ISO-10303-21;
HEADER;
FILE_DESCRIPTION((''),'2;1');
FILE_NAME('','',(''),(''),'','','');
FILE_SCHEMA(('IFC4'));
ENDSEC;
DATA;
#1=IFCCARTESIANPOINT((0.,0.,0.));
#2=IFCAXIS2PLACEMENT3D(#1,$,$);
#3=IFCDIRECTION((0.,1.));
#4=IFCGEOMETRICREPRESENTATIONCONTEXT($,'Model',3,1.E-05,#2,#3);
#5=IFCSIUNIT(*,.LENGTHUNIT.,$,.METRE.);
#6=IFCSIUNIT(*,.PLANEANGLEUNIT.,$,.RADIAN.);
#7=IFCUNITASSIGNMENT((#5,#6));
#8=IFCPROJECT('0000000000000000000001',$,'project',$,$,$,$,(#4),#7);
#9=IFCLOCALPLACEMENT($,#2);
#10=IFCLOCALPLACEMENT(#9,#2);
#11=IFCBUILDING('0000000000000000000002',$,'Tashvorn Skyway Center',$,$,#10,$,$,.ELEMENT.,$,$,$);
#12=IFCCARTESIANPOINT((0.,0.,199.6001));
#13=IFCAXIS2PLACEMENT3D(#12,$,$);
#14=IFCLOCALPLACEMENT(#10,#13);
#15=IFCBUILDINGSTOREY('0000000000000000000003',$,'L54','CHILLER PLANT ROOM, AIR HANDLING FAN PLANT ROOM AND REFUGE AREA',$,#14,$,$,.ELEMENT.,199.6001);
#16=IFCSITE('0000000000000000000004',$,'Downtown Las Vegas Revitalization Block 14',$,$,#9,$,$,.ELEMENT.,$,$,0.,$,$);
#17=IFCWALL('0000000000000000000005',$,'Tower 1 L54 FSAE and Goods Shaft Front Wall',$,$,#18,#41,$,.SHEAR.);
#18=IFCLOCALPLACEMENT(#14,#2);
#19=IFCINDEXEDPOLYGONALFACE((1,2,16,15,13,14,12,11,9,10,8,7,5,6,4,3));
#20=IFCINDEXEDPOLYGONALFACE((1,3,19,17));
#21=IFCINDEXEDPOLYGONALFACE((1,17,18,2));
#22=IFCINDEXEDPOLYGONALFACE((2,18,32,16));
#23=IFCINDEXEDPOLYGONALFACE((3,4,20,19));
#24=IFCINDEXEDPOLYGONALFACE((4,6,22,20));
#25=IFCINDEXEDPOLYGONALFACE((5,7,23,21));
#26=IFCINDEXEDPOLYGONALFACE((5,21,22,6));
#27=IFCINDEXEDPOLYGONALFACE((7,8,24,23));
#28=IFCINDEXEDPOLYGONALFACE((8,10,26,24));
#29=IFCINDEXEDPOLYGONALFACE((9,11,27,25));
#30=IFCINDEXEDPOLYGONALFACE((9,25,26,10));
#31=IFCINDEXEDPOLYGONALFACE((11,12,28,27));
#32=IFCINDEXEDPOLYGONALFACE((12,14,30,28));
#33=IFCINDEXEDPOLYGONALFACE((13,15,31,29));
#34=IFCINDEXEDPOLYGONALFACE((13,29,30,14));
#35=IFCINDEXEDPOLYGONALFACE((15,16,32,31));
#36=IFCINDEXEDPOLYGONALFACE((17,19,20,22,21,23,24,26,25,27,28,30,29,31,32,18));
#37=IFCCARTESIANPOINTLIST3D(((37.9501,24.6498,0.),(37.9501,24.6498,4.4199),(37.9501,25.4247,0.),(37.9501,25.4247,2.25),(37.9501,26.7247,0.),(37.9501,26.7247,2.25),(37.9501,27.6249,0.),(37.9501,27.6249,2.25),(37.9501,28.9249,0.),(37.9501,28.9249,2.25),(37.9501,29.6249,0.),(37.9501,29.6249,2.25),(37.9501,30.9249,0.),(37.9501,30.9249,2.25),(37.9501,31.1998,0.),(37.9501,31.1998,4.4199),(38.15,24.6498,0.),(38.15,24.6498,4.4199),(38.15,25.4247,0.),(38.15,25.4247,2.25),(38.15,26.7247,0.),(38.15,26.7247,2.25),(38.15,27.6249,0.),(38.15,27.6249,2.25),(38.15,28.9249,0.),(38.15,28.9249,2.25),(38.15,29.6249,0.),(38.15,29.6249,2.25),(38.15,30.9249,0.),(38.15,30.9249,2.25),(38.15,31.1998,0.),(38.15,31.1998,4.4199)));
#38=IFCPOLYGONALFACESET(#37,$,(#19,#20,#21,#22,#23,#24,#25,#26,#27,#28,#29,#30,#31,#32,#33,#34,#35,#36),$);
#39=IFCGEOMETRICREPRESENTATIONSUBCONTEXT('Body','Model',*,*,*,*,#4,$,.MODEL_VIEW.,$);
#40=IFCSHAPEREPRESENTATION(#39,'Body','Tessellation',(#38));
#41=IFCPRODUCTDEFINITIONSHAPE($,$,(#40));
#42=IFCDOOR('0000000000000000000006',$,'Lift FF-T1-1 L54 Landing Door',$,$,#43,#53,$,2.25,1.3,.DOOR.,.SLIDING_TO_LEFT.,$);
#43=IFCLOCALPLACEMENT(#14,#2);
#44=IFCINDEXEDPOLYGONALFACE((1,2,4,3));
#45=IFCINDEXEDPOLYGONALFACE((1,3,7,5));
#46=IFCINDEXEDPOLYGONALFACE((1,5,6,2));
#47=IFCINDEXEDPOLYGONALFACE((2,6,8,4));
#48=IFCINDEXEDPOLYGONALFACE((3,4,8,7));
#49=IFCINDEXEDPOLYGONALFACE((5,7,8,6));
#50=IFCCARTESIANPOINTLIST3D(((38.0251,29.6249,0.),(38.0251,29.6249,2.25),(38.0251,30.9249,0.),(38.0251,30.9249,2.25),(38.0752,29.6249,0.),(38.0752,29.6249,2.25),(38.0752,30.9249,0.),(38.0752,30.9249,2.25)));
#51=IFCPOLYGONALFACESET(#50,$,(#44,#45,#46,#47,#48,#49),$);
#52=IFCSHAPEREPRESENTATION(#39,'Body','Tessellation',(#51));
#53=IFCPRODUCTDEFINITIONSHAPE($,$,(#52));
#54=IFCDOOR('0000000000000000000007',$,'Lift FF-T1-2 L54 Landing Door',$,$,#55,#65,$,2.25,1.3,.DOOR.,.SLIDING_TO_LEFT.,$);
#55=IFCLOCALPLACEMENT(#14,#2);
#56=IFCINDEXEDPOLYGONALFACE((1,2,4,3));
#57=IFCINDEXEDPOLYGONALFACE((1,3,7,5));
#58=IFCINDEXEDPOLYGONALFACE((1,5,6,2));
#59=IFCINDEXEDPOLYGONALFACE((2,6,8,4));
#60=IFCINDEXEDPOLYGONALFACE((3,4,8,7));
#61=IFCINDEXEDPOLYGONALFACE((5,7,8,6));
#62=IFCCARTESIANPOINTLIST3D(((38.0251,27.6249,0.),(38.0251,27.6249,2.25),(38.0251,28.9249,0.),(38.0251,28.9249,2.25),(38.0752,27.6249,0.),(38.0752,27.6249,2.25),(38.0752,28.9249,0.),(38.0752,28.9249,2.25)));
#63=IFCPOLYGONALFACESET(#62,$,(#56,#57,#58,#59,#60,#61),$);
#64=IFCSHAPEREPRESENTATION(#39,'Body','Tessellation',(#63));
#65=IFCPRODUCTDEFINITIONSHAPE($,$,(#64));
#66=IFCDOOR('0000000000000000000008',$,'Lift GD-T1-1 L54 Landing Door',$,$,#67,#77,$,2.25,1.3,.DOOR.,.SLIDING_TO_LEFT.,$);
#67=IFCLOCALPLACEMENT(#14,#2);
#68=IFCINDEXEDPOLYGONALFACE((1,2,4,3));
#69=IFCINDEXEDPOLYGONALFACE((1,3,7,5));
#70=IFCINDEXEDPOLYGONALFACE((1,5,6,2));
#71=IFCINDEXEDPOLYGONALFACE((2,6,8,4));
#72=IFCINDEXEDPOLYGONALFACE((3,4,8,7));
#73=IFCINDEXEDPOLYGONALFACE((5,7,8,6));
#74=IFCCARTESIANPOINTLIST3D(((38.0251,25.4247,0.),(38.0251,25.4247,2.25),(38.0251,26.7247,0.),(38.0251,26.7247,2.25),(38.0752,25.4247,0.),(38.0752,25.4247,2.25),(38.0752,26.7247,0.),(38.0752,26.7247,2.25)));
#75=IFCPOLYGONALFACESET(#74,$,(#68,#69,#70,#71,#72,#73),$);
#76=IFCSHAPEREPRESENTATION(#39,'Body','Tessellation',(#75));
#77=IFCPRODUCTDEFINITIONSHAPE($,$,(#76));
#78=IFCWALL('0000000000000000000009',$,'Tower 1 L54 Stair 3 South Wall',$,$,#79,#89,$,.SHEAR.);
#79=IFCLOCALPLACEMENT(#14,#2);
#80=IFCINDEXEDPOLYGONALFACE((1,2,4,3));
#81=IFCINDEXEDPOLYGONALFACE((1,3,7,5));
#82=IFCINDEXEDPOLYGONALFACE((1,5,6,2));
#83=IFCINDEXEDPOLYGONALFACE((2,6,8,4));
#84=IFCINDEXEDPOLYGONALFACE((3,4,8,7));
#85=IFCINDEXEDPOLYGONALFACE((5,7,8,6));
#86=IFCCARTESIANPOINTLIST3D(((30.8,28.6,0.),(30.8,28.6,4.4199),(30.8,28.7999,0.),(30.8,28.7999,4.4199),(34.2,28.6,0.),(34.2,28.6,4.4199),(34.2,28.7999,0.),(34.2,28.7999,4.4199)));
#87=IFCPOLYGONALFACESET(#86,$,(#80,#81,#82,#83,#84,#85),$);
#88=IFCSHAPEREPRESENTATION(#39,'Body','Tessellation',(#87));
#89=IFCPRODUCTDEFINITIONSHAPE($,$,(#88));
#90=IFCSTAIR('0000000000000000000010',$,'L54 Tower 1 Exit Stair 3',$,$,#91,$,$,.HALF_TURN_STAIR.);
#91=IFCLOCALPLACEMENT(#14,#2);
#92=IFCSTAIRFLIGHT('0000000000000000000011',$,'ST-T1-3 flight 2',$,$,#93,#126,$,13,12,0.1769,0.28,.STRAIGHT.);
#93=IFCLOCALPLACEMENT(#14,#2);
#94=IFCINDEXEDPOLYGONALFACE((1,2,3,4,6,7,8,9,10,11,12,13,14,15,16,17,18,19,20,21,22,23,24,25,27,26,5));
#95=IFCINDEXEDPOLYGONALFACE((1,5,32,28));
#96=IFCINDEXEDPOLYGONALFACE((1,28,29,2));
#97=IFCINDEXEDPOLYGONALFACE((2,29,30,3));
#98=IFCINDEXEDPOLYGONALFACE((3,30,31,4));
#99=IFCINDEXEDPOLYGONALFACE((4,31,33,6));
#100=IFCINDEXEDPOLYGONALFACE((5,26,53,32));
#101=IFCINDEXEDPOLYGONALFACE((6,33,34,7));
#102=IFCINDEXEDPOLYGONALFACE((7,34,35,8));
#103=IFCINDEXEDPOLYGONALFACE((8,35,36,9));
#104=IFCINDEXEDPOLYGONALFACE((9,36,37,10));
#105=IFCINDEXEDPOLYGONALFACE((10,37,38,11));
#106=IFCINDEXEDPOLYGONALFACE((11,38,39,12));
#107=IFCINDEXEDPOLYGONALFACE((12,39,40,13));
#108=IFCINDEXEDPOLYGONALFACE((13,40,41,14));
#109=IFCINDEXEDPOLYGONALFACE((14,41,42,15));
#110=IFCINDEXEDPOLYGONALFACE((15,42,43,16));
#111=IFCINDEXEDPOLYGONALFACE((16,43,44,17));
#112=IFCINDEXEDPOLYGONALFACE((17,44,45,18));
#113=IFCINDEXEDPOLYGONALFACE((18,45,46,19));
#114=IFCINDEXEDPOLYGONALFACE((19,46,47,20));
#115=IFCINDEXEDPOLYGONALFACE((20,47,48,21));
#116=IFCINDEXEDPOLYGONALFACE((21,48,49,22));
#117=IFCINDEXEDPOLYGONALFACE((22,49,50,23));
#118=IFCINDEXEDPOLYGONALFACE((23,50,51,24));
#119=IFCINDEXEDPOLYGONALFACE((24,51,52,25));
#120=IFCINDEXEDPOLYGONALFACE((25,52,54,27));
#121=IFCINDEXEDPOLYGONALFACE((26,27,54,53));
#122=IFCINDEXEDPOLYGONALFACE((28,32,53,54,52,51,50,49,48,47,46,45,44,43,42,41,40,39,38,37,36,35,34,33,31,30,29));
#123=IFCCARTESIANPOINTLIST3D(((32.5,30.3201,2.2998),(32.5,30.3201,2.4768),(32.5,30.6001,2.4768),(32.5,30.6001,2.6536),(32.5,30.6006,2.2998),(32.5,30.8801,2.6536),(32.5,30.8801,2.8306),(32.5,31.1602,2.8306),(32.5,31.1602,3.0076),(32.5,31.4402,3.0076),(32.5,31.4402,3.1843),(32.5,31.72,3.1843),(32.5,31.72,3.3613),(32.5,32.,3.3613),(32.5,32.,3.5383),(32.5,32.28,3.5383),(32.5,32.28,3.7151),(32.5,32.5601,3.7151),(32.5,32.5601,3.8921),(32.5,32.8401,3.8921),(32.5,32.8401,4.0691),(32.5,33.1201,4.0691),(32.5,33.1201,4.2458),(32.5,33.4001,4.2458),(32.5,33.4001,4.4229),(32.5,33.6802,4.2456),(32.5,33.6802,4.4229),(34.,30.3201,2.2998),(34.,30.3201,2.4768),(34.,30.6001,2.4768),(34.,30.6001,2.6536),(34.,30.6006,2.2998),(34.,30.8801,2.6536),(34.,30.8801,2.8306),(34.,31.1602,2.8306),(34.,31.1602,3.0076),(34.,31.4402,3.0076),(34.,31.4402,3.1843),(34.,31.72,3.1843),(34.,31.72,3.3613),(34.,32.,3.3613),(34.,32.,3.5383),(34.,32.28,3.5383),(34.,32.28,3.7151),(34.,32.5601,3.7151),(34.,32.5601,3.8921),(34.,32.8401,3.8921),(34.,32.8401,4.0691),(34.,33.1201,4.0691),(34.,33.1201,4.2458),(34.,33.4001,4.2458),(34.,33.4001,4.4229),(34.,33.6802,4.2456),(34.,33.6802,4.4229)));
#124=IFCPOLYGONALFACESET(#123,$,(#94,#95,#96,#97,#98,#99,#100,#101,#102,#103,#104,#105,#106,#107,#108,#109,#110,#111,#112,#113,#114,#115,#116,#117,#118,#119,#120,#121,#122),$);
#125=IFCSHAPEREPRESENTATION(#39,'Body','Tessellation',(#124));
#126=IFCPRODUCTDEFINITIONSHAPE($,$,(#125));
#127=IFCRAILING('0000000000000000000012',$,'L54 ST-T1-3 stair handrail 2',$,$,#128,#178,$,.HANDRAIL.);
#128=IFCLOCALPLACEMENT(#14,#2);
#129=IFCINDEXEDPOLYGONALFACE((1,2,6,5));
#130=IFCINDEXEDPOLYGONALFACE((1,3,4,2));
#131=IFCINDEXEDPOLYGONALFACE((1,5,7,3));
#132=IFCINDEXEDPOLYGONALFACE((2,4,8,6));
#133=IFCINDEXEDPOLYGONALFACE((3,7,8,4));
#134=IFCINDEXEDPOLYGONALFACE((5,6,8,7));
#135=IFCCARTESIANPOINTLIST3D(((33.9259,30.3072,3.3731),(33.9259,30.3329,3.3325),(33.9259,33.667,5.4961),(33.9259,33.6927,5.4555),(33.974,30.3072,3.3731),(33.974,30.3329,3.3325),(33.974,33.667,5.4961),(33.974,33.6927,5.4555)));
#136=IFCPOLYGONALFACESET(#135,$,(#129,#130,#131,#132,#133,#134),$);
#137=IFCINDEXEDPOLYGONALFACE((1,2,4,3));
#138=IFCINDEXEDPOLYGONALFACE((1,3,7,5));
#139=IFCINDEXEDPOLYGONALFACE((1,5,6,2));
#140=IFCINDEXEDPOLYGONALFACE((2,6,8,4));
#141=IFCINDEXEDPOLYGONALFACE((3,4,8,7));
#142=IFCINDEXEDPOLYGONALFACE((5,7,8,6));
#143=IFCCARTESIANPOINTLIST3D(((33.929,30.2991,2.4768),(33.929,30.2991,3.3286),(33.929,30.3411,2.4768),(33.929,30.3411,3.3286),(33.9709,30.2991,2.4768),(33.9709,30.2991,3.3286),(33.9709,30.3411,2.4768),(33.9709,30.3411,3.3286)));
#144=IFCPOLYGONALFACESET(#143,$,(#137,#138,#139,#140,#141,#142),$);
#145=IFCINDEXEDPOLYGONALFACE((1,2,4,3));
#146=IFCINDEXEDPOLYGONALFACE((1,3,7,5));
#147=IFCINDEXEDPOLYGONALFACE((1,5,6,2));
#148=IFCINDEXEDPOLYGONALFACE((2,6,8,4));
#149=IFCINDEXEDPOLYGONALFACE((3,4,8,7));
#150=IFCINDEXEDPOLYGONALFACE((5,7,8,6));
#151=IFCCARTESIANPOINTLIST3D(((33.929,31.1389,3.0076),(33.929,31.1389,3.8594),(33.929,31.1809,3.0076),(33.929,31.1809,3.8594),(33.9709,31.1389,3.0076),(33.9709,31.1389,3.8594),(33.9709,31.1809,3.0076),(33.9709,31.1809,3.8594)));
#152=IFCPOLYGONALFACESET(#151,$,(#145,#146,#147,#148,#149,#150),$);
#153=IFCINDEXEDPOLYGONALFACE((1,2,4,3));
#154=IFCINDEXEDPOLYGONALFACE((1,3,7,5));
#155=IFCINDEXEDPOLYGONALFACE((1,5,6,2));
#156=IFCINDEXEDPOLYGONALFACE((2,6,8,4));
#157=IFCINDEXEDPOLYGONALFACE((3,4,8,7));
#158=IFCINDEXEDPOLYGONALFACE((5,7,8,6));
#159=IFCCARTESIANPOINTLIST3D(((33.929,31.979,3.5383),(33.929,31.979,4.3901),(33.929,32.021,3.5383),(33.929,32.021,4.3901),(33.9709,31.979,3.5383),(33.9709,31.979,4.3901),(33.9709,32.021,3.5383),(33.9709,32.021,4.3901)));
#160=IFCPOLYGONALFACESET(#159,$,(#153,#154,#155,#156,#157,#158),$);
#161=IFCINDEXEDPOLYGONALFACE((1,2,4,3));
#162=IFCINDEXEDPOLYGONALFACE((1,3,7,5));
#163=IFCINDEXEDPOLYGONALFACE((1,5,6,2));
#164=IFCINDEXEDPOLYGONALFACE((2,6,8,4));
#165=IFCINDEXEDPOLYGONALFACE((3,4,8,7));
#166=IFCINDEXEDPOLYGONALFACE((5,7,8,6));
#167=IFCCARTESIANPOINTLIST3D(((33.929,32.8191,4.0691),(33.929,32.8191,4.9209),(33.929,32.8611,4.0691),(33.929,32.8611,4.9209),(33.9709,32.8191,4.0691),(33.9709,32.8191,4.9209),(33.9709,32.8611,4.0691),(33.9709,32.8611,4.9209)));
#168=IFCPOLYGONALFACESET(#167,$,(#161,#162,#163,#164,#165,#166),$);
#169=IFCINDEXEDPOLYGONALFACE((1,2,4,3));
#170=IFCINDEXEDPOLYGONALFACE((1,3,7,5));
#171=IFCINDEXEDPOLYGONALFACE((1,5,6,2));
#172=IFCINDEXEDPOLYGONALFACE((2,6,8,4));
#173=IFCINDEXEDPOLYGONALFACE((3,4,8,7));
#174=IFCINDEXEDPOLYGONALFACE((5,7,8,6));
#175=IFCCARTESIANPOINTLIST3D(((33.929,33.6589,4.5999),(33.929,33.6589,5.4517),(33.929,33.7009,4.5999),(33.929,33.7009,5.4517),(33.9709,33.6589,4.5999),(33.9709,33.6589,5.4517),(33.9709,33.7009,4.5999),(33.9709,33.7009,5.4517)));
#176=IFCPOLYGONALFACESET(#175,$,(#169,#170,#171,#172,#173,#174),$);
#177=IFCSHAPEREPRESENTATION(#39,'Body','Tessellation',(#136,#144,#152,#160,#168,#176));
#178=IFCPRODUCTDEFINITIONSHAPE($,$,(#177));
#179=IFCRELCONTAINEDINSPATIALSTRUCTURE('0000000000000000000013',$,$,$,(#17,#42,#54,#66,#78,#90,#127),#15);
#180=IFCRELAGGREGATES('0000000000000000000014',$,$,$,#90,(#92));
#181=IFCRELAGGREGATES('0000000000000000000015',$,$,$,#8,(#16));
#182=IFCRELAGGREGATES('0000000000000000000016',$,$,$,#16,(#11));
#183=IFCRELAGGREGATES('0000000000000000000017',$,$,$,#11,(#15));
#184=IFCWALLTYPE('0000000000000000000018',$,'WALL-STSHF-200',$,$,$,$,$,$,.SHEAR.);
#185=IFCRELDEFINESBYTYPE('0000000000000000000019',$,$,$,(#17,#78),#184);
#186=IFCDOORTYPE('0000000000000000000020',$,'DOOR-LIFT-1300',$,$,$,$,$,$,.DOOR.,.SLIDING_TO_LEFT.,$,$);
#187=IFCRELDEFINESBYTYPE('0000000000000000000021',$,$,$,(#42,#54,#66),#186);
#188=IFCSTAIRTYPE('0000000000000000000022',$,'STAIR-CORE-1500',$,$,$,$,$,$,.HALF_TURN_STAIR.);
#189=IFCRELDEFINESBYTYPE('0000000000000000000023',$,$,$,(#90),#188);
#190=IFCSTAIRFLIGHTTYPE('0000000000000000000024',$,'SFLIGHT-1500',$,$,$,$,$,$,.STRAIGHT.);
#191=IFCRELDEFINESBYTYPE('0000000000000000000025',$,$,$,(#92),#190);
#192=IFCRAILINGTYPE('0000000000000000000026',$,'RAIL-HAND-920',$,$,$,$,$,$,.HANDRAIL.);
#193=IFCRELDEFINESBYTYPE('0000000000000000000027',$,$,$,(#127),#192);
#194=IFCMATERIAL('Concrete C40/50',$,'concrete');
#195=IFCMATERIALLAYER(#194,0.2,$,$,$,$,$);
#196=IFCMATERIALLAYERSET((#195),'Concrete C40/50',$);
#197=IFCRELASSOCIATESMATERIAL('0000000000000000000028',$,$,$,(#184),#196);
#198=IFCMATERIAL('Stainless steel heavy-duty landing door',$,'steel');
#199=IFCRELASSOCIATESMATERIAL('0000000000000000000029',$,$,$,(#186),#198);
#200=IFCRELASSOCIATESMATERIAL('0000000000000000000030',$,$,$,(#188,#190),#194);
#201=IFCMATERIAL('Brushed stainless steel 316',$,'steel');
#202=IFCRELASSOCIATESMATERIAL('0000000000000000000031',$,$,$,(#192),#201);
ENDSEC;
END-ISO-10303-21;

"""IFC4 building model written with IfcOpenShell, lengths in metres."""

from ifc_helpers import new_model, si_unit, direction, frame, frame_2d, origin, origin_2d, place, context, subcontext, project, spatial, polyline, rectangle, outline, extrude, material, layer, layer_set, type_object, element, fill, aggregate, save


model = new_model("IFC4")

# Units and contexts
model_context = context("Model", 3, precision=1e-05, world=origin(), true_north=direction((0.0, 1.0)))
body_context = subcontext(model_context, "Body", "Model", "MODEL_VIEW")
ifc_project = project(units=[si_unit("LENGTHUNIT", "METRE"), si_unit("PLANEANGLEUNIT", "RADIAN")], contexts=[model_context])

# Site, building, storey
site_placement = place(None, origin())
site = spatial("IfcSite", under=ifc_project, at=site_placement, Name="Downtown Las Vegas Revitalization Block 14", CompositionType="ELEMENT", RefElevation=0.0)
building_placement = place(site_placement, origin())
building = spatial("IfcBuilding", under=site, at=building_placement, Name="Tashvorn Skyway Center", CompositionType="ELEMENT")
storey_placement = place(building_placement, frame((0.0, 0.0, 199.6001)))
storey = spatial("IfcBuildingStorey", under=building, at=storey_placement, Name="L54", Description="CHILLER PLANT ROOM, AIR HANDLING FAN PLANT ROOM AND REFUGE AREA", CompositionType="ELEMENT", Elevation=199.6001)

# Shared definitions
ifc_material_1 = material(Name="Concrete C40/50", Category="concrete")

# Shared definitions
ifc_layer_1 = layer(ifc_material_1, 0.2)
ifc_layer_set_1 = layer_set([ifc_layer_1], Name="Concrete C40/50")
wall_type_1 = type_object("IfcWallType", Name="WALL-STSHF-200", PredefinedType="SHEAR", material=ifc_layer_set_1)

# Wall, openings, doors
wall_1_placement = place(storey_placement, frame((38.05, 24.6499, 0.0), z_axis=(0.0, 0.0, 1.0), x_axis=(0.0, 1.0, 0.0)))
wall_1 = element("IfcWall", 1, at=wall_1_placement, inside=storey, type_object=wall_type_1, Name="Tower 1 L54 FSAE and Goods Shaft Front Wall", PredefinedType="SHEAR", context=body_context, shape_type="SweptSolid", body=[
    extrude(rectangle(XDim=6.55, YDim=0.2, at=frame_2d((3.2749, 0.0))), origin(), (0.0, 0.0, 1.0), 4.4199),
])
opening_1_placement = place(wall_1_placement, frame((4.9751, 0.0, 0.0)))
opening_1 = element("IfcOpeningElement", 2, at=opening_1_placement, cuts=wall_1, PredefinedType="OPENING", context=body_context, shape_type="SweptSolid", body=[
    extrude(rectangle(XDim=1.3, YDim=2.25, at=frame_2d((0.6499, 1.125))), frame((0.0, 0.1099, 0.0), z_axis=(0.0, -1.0, 0.0), x_axis=(1.0, 0.0, 0.0)), (0.0, 0.0, 1.0), 0.22),
])
opening_2_placement = place(wall_1_placement, frame((2.9751, 0.0, 0.0)))
opening_2 = element("IfcOpeningElement", 3, at=opening_2_placement, cuts=wall_1, PredefinedType="OPENING", context=body_context, shape_type="SweptSolid", body=[
    extrude(rectangle(XDim=1.3, YDim=2.25, at=frame_2d((0.6499, 1.125))), frame((0.0, 0.1099, 0.0), z_axis=(0.0, -1.0, 0.0), x_axis=(1.0, 0.0, 0.0)), (0.0, 0.0, 1.0), 0.22),
])
opening_3_placement = place(wall_1_placement, frame((0.7749, 0.0, 0.0)))
opening_3 = element("IfcOpeningElement", 4, at=opening_3_placement, cuts=wall_1, PredefinedType="OPENING", context=body_context, shape_type="SweptSolid", body=[
    extrude(rectangle(XDim=1.3, YDim=2.25, at=frame_2d((0.6499, 1.125))), frame((0.0, 0.1099, 0.0), z_axis=(0.0, -1.0, 0.0), x_axis=(1.0, 0.0, 0.0)), (0.0, 0.0, 1.0), 0.22),
])
ifc_material_2 = material(Name="Stainless steel heavy-duty landing door", Category="steel")
door_type_1 = type_object("IfcDoorType", Name="DOOR-LIFT-1300", OperationType="SLIDING_TO_LEFT", PredefinedType="DOOR", material=ifc_material_2)
door_1_placement = place(opening_1_placement, origin())
door_1 = element("IfcDoor", 5, at=door_1_placement, inside=storey, type_object=door_type_1, Name="Lift FF-T1-1 L54 Landing Door", OperationType="SLIDING_TO_LEFT", OverallHeight=2.25, OverallWidth=1.3, PredefinedType="DOOR", context=body_context, shape_type="SweptSolid", body=[
    extrude(rectangle(XDim=1.3, YDim=2.25, at=frame_2d((0.6499, 1.125))), frame((0.0, 0.0249, 0.0), z_axis=(0.0, -1.0, 0.0), x_axis=(1.0, 0.0, 0.0)), (0.0, 0.0, 1.0), 0.05),
])
fill(opening_1, door_1)
door_2_placement = place(opening_2_placement, origin())
door_2 = element("IfcDoor", 6, at=door_2_placement, inside=storey, type_object=door_type_1, Name="Lift FF-T1-2 L54 Landing Door", OperationType="SLIDING_TO_LEFT", OverallHeight=2.25, OverallWidth=1.3, PredefinedType="DOOR", context=body_context, shape_type="SweptSolid", body=[
    extrude(rectangle(XDim=1.3, YDim=2.25, at=frame_2d((0.6499, 1.125))), frame((0.0, 0.0249, 0.0), z_axis=(0.0, -1.0, 0.0), x_axis=(1.0, 0.0, 0.0)), (0.0, 0.0, 1.0), 0.05),
])
fill(opening_2, door_2)
door_3_placement = place(opening_3_placement, origin())
door_3 = element("IfcDoor", 7, at=door_3_placement, inside=storey, type_object=door_type_1, Name="Lift GD-T1-1 L54 Landing Door", OperationType="SLIDING_TO_LEFT", OverallHeight=2.25, OverallWidth=1.3, PredefinedType="DOOR", context=body_context, shape_type="SweptSolid", body=[
    extrude(rectangle(XDim=1.3, YDim=2.25, at=frame_2d((0.6499, 1.125))), frame((0.0, 0.0249, 0.0), z_axis=(0.0, -1.0, 0.0), x_axis=(1.0, 0.0, 0.0)), (0.0, 0.0, 1.0), 0.05),
])
fill(opening_3, door_3)

# Wall
wall_2_placement = place(storey_placement, frame((30.8, 28.7, 0.0), z_axis=(0.0, 0.0, 1.0), x_axis=(1.0, 0.0, 0.0)))
element("IfcWall", 8, at=wall_2_placement, inside=storey, type_object=wall_type_1, Name="Tower 1 L54 Stair 3 South Wall", PredefinedType="SHEAR", context=body_context, shape_type="SweptSolid", body=[
    extrude(rectangle(XDim=3.3999, YDim=0.2, at=frame_2d((1.7, 0.0))), origin(), (0.0, 0.0, 1.0), 4.4199),
])

# Stair, stair flight
stair_type = type_object("IfcStairType", Name="STAIR-CORE-1500", PredefinedType="HALF_TURN_STAIR", material=ifc_material_1)
stair_placement = place(storey_placement, origin())
stair = element("IfcStair", 9, at=stair_placement, inside=storey, type_object=stair_type, Name="L54 Tower 1 Exit Stair 3", PredefinedType="HALF_TURN_STAIR")
stair_flight_type = type_object("IfcStairFlightType", Name="SFLIGHT-1500", PredefinedType="STRAIGHT", material=ifc_material_1)
stair_flight_placement = place(storey_placement, frame((33.25, 30.3201, 2.2998), z_axis=(0.0, 0.0, 1.0), x_axis=(0.0, 1.0, 0.0)))
stair_flight = element("IfcStairFlight", 10, at=stair_flight_placement, type_object=stair_flight_type, Name="ST-T1-3 flight 2", NumberOfRisers=13, NumberOfTreads=12, PredefinedType="STRAIGHT", RiserHeight=0.1769, TreadLength=0.28, context=body_context, shape_type="SweptSolid", body=[
    extrude(outline(polyline([(0.0, 0.0), (0.0, 0.177), (0.28, 0.177), (0.28, 0.3538), (0.5601, 0.3538), (0.5601, 0.5308), (0.8401, 0.5308), (0.8401, 0.7078), (1.1201, 0.7078), (1.1201, 0.8845), (1.3999, 0.8845), (1.3999, 1.0615), (1.6799, 1.0615), (1.6799, 1.2385), (1.96, 1.2385), (1.96, 1.4153), (2.24, 1.4153), (2.24, 1.5923), (2.52, 1.5923), (2.52, 1.7693), (2.8, 1.7693), (2.8, 1.946), (3.0801, 1.946), (3.0801, 2.123), (3.3601, 2.123), (3.3601, 2.3), (3.3601, 1.9458), (0.2805, 0.0), (0.0, 0.0)])), frame((0.0, 0.75, 0.0), z_axis=(0.0, -1.0, 0.0), x_axis=(1.0, 0.0, 0.0)), (0.0, 0.0, 1.0), 1.5),
])
aggregate(stair, [stair_flight])

# Railing
ifc_material_3 = material(Name="Brushed stainless steel 316", Category="steel")
railing_type_1 = type_object("IfcRailingType", Name="RAIL-HAND-920", PredefinedType="HANDRAIL", material=ifc_material_3)
railing_1_placement = place(storey_placement, frame((33.95, 30.3201, 2.4768)))
element("IfcRailing", 11, at=railing_1_placement, inside=storey, type_object=railing_type_1, Name="L54 ST-T1-3 stair handrail 2", PredefinedType="HANDRAIL", context=body_context, shape_type="SweptSolid", body=[
    extrude(rectangle(XDim=0.0481, YDim=0.0481, at=origin_2d()), frame((0.0, 0.0, 0.876), z_axis=(0.0, 0.845372, 0.534178), x_axis=(-1.0, 0.0, 0.0)), (0.0, 0.0, 1.0), 3.9744),
    extrude(rectangle(XDim=0.042, YDim=0.042, at=origin_2d()), origin(), (0.0, 0.0, 1.0), 0.8518),
    extrude(rectangle(XDim=0.042, YDim=0.042, at=origin_2d()), frame((0.0, 0.8398, 0.5308)), (0.0, 0.0, 1.0), 0.8518),
    extrude(rectangle(XDim=0.042, YDim=0.042, at=origin_2d()), frame((0.0, 1.6799, 1.0615)), (0.0, 0.0, 1.0), 0.8518),
    extrude(rectangle(XDim=0.042, YDim=0.042, at=origin_2d()), frame((0.0, 2.52, 1.5923)), (0.0, 0.0, 1.0), 0.8518),
    extrude(rectangle(XDim=0.042, YDim=0.042, at=origin_2d()), frame((0.0, 3.3599, 2.123)), (0.0, 0.0, 1.0), 0.8518),
])

save(model, "model.ifc")
